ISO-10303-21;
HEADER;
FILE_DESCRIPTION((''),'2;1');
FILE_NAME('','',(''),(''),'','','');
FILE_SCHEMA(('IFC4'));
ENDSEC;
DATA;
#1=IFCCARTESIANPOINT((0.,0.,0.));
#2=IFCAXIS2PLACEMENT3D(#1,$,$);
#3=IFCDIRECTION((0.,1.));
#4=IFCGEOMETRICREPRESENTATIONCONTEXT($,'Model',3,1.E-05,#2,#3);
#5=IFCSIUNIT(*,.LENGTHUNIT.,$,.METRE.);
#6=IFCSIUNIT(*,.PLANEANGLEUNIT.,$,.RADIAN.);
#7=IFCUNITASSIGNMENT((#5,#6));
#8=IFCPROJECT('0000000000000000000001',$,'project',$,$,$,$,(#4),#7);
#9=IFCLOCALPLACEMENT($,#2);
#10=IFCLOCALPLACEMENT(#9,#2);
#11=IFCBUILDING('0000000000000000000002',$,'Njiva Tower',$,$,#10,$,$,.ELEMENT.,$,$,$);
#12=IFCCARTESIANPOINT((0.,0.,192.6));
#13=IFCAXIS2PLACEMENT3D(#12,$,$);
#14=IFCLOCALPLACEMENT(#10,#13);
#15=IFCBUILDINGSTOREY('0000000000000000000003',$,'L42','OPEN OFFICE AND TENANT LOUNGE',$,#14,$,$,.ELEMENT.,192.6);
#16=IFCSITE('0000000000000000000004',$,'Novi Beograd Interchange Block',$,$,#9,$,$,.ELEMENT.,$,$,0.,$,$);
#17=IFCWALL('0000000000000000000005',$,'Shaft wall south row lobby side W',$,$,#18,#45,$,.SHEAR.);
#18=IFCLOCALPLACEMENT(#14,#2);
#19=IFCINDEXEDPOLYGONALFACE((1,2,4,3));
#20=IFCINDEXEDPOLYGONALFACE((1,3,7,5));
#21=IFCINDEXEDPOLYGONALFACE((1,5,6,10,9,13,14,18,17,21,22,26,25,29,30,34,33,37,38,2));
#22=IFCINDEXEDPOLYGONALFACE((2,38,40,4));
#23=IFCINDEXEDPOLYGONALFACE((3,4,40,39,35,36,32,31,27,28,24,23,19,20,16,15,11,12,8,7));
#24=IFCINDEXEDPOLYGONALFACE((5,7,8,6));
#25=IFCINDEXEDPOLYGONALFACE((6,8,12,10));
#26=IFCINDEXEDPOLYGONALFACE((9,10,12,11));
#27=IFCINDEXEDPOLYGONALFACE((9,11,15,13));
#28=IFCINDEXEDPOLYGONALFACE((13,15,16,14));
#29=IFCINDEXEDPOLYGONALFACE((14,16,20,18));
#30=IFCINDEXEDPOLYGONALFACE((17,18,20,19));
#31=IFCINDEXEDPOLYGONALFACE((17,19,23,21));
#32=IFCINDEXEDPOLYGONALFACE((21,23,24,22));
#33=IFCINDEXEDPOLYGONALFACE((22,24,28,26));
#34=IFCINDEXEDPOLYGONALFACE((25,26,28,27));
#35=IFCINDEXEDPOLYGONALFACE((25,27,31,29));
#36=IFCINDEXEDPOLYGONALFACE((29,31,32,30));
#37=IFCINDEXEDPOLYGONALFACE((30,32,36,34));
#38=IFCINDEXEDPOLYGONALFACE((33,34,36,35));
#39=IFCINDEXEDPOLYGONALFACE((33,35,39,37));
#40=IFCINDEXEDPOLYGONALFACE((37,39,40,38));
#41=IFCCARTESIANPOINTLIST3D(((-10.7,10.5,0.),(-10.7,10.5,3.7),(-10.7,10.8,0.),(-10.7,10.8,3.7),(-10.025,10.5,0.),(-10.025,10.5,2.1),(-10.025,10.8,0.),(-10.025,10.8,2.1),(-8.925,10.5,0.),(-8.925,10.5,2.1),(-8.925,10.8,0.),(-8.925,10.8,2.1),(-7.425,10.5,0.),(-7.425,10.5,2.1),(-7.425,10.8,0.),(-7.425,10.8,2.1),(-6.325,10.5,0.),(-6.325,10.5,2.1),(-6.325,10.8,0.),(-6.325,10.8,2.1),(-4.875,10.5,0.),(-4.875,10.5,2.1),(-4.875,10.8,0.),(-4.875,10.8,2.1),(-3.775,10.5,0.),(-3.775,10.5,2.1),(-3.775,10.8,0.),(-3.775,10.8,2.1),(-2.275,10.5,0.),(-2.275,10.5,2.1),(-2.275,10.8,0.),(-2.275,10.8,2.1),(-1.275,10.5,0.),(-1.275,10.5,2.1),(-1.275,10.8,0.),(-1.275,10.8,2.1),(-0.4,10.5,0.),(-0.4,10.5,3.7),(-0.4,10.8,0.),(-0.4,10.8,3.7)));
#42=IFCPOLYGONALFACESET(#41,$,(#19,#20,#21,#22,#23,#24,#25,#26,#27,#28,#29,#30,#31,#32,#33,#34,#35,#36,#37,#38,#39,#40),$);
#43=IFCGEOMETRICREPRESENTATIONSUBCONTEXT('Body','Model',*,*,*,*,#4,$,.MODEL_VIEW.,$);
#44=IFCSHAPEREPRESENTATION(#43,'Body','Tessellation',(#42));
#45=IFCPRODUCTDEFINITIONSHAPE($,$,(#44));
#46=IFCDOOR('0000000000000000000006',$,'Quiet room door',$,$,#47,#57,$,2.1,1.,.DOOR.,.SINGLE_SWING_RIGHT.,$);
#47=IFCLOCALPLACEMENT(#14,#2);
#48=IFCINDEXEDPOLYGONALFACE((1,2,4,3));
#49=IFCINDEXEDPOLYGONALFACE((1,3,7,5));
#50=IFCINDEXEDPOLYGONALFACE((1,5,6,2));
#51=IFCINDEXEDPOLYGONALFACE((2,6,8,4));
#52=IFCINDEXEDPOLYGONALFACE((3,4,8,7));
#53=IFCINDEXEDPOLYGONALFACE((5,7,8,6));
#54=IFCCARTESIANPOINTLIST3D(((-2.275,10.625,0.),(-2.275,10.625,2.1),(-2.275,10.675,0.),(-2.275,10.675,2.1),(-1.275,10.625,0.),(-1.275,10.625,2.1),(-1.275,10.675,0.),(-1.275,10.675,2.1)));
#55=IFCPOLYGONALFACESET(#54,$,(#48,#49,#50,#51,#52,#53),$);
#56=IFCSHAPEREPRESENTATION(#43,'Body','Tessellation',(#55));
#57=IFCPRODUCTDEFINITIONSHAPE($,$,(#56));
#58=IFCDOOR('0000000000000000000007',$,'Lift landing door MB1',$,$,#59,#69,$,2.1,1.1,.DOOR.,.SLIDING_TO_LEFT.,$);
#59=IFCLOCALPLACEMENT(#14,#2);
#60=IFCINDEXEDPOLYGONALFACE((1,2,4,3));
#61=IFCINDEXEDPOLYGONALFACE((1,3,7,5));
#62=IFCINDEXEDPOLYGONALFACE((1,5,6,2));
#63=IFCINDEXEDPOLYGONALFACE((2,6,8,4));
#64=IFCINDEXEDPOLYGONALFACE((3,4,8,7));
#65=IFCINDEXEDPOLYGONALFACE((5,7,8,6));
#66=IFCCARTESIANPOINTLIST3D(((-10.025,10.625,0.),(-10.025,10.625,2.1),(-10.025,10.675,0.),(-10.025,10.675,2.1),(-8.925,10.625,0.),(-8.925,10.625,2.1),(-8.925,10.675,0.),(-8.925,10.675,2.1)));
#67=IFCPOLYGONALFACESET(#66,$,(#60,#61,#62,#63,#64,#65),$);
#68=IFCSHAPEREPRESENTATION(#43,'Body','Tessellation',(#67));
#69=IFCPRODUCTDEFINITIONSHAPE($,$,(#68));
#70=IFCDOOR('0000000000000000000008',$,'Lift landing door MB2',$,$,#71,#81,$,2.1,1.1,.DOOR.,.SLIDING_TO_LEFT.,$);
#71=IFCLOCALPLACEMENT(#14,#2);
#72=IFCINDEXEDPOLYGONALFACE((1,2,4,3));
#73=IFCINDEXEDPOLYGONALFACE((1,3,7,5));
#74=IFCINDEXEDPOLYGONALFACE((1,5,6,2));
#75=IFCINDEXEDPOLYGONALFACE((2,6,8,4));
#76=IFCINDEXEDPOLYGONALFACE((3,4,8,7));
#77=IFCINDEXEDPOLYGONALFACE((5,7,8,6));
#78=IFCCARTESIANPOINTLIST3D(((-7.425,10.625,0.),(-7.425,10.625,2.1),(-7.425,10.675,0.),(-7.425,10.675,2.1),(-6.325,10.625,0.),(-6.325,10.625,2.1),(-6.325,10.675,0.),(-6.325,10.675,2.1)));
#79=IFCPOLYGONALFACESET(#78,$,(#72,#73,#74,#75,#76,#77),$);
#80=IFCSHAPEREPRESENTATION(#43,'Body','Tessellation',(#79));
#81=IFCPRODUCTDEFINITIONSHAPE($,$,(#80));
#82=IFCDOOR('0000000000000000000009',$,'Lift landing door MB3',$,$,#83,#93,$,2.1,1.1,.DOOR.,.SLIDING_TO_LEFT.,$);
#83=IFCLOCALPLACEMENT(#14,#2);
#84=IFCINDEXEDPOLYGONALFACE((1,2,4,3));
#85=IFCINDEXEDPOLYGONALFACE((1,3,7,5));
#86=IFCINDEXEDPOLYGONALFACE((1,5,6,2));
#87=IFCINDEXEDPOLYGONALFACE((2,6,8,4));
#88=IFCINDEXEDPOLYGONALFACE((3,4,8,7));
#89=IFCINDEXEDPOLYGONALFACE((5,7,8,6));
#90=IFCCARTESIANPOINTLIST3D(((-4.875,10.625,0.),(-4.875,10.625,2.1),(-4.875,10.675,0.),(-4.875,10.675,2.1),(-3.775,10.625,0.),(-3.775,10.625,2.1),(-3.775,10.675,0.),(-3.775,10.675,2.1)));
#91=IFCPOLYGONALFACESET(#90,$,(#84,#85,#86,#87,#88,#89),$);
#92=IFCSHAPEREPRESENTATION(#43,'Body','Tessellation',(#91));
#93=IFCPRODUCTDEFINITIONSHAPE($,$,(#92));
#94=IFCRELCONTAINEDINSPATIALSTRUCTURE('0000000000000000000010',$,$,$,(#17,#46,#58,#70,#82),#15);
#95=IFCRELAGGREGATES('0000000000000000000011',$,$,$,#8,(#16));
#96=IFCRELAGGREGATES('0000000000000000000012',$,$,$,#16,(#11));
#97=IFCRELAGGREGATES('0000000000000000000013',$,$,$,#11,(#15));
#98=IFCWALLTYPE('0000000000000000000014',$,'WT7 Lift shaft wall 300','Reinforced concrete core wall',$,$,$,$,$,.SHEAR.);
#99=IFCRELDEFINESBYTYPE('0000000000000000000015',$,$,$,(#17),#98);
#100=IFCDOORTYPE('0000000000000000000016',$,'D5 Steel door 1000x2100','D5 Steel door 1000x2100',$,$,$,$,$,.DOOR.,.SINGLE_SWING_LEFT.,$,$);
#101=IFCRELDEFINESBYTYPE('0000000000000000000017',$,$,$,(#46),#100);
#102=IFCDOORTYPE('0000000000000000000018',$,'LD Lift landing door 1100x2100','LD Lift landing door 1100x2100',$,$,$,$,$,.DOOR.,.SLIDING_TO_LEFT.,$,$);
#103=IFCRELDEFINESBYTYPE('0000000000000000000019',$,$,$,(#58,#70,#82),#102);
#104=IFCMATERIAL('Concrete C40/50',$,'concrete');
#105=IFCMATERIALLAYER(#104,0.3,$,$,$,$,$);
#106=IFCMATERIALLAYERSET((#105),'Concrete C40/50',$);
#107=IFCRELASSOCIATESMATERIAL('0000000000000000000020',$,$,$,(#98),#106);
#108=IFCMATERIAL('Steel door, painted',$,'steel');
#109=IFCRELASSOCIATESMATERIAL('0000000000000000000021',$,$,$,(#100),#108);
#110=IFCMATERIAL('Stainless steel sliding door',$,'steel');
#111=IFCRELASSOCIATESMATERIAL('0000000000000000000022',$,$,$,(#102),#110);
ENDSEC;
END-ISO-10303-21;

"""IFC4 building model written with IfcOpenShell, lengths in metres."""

from ifc_helpers import new_model, si_unit, direction, frame, frame_2d, origin, place, context, subcontext, project, spatial, rectangle, extrude, material, layer, layer_set, type_object, element, fill, save


model = new_model("IFC4")

# Units and contexts
model_context = context("Model", 3, precision=1e-05, world=origin(), true_north=direction((0.0, 1.0)))
body_context = subcontext(model_context, "Body", "Model", "MODEL_VIEW")
ifc_project = project(units=[si_unit("LENGTHUNIT", "METRE"), si_unit("PLANEANGLEUNIT", "RADIAN")], contexts=[model_context])

# Site, building, storey
site_placement = place(None, origin())
site = spatial("IfcSite", under=ifc_project, at=site_placement, Name="Novi Beograd Interchange Block", CompositionType="ELEMENT", RefElevation=0.0)
building_placement = place(site_placement, origin())
building = spatial("IfcBuilding", under=site, at=building_placement, Name="Njiva Tower", CompositionType="ELEMENT")
storey_placement = place(building_placement, frame((0.0, 0.0, 192.6)))
storey = spatial("IfcBuildingStorey", under=building, at=storey_placement, Name="L42", Description="OPEN OFFICE AND TENANT LOUNGE", CompositionType="ELEMENT", Elevation=192.6)

# Wall, openings, doors
ifc_material_1 = material(Name="Concrete C40/50", Category="concrete")
ifc_layer_1 = layer(ifc_material_1, 0.3)
ifc_layer_set_1 = layer_set([ifc_layer_1], Name="Concrete C40/50")
wall_type_1 = type_object("IfcWallType", Name="WT7 Lift shaft wall 300", Description="Reinforced concrete core wall", PredefinedType="SHEAR", material=ifc_layer_set_1)
ifc_material_2 = material(Name="Steel door, painted", Category="steel")
door_type_1 = type_object("IfcDoorType", Name="D5 Steel door 1000x2100", Description="D5 Steel door 1000x2100", OperationType="SINGLE_SWING_LEFT", PredefinedType="DOOR", material=ifc_material_2)
ifc_material_3 = material(Name="Stainless steel sliding door", Category="steel")
door_type_2 = type_object("IfcDoorType", Name="LD Lift landing door 1100x2100", Description="LD Lift landing door 1100x2100", OperationType="SLIDING_TO_LEFT", PredefinedType="DOOR", material=ifc_material_3)
wall_1_placement = place(storey_placement, frame((-10.7, 10.65, 0.0), z_axis=(0.0, 0.0, 1.0), x_axis=(1.0, 0.0, 0.0)))
wall_1 = element("IfcWall", 1, at=wall_1_placement, inside=storey, type_object=wall_type_1, Name="Shaft wall south row lobby side W", PredefinedType="SHEAR", context=body_context, shape_type="SweptSolid", body=[
    extrude(rectangle(XDim=10.3, YDim=0.3, at=frame_2d((5.15, 0.0))), origin(), (0.0, 0.0, 1.0), 3.7),
])
opening_1_placement = place(wall_1_placement, frame((0.675, 0.0, 0.0)))
opening_1 = element("IfcOpeningElement", 2, at=opening_1_placement, cuts=wall_1, PredefinedType="OPENING", context=body_context, shape_type="SweptSolid", body=[
    extrude(rectangle(XDim=1.1, YDim=2.1, at=frame_2d((0.55, 1.05))), frame((0.0, 0.16, 0.0), z_axis=(0.0, -1.0, 0.0), x_axis=(1.0, 0.0, 0.0)), (0.0, 0.0, 1.0), 0.32),
])
opening_2_placement = place(wall_1_placement, frame((3.275, 0.0, 0.0)))
opening_2 = element("IfcOpeningElement", 3, at=opening_2_placement, cuts=wall_1, PredefinedType="OPENING", context=body_context, shape_type="SweptSolid", body=[
    extrude(rectangle(XDim=1.1, YDim=2.1, at=frame_2d((0.55, 1.05))), frame((0.0, 0.16, 0.0), z_axis=(0.0, -1.0, 0.0), x_axis=(1.0, 0.0, 0.0)), (0.0, 0.0, 1.0), 0.32),
])
opening_3_placement = place(wall_1_placement, frame((5.825, 0.0, 0.0)))
opening_3 = element("IfcOpeningElement", 4, at=opening_3_placement, cuts=wall_1, PredefinedType="OPENING", context=body_context, shape_type="SweptSolid", body=[
    extrude(rectangle(XDim=1.1, YDim=2.1, at=frame_2d((0.55, 1.05))), frame((0.0, 0.16, 0.0), z_axis=(0.0, -1.0, 0.0), x_axis=(1.0, 0.0, 0.0)), (0.0, 0.0, 1.0), 0.32),
])
opening_4_placement = place(wall_1_placement, frame((8.425, 0.0, 0.0)))
opening_4 = element("IfcOpeningElement", 5, at=opening_4_placement, cuts=wall_1, PredefinedType="OPENING", context=body_context, shape_type="SweptSolid", body=[
    extrude(rectangle(XDim=1.0, YDim=2.1, at=frame_2d((0.5, 1.05))), frame((0.0, 0.16, 0.0), z_axis=(0.0, -1.0, 0.0), x_axis=(1.0, 0.0, 0.0)), (0.0, 0.0, 1.0), 0.32),
])
door_1_placement = place(opening_4_placement, origin())
door_1 = element("IfcDoor", 6, at=door_1_placement, inside=storey, type_object=door_type_1, Name="Quiet room door", OperationType="SINGLE_SWING_RIGHT", OverallHeight=2.1, OverallWidth=1.0, PredefinedType="DOOR", context=body_context, shape_type="SweptSolid", body=[
    extrude(rectangle(XDim=1.0, YDim=2.1, at=frame_2d((0.5, 1.05))), frame((0.0, 0.025, 0.0), z_axis=(0.0, -1.0, 0.0), x_axis=(1.0, 0.0, 0.0)), (0.0, 0.0, 1.0), 0.05),
])
fill(opening_4, door_1)
door_2_placement = place(opening_1_placement, origin())
door_2 = element("IfcDoor", 7, at=door_2_placement, inside=storey, type_object=door_type_2, Name="Lift landing door MB1", OperationType="SLIDING_TO_LEFT", OverallHeight=2.1, OverallWidth=1.1, PredefinedType="DOOR", context=body_context, shape_type="SweptSolid", body=[
    extrude(rectangle(XDim=1.1, YDim=2.1, at=frame_2d((0.55, 1.05))), frame((0.0, 0.025, 0.0), z_axis=(0.0, -1.0, 0.0), x_axis=(1.0, 0.0, 0.0)), (0.0, 0.0, 1.0), 0.05),
])
fill(opening_1, door_2)
door_3_placement = place(opening_2_placement, origin())
door_3 = element("IfcDoor", 8, at=door_3_placement, inside=storey, type_object=door_type_2, Name="Lift landing door MB2", OperationType="SLIDING_TO_LEFT", OverallHeight=2.1, OverallWidth=1.1, PredefinedType="DOOR", context=body_context, shape_type="SweptSolid", body=[
    extrude(rectangle(XDim=1.1, YDim=2.1, at=frame_2d((0.55, 1.05))), frame((0.0, 0.025, 0.0), z_axis=(0.0, -1.0, 0.0), x_axis=(1.0, 0.0, 0.0)), (0.0, 0.0, 1.0), 0.05),
])
fill(opening_2, door_3)
door_4_placement = place(opening_3_placement, origin())
door_4 = element("IfcDoor", 9, at=door_4_placement, inside=storey, type_object=door_type_2, Name="Lift landing door MB3", OperationType="SLIDING_TO_LEFT", OverallHeight=2.1, OverallWidth=1.1, PredefinedType="DOOR", context=body_context, shape_type="SweptSolid", body=[
    extrude(rectangle(XDim=1.1, YDim=2.1, at=frame_2d((0.55, 1.05))), frame((0.0, 0.025, 0.0), z_axis=(0.0, -1.0, 0.0), x_axis=(1.0, 0.0, 0.0)), (0.0, 0.0, 1.0), 0.05),
])
fill(opening_3, door_4)

save(model, "model.ifc")
